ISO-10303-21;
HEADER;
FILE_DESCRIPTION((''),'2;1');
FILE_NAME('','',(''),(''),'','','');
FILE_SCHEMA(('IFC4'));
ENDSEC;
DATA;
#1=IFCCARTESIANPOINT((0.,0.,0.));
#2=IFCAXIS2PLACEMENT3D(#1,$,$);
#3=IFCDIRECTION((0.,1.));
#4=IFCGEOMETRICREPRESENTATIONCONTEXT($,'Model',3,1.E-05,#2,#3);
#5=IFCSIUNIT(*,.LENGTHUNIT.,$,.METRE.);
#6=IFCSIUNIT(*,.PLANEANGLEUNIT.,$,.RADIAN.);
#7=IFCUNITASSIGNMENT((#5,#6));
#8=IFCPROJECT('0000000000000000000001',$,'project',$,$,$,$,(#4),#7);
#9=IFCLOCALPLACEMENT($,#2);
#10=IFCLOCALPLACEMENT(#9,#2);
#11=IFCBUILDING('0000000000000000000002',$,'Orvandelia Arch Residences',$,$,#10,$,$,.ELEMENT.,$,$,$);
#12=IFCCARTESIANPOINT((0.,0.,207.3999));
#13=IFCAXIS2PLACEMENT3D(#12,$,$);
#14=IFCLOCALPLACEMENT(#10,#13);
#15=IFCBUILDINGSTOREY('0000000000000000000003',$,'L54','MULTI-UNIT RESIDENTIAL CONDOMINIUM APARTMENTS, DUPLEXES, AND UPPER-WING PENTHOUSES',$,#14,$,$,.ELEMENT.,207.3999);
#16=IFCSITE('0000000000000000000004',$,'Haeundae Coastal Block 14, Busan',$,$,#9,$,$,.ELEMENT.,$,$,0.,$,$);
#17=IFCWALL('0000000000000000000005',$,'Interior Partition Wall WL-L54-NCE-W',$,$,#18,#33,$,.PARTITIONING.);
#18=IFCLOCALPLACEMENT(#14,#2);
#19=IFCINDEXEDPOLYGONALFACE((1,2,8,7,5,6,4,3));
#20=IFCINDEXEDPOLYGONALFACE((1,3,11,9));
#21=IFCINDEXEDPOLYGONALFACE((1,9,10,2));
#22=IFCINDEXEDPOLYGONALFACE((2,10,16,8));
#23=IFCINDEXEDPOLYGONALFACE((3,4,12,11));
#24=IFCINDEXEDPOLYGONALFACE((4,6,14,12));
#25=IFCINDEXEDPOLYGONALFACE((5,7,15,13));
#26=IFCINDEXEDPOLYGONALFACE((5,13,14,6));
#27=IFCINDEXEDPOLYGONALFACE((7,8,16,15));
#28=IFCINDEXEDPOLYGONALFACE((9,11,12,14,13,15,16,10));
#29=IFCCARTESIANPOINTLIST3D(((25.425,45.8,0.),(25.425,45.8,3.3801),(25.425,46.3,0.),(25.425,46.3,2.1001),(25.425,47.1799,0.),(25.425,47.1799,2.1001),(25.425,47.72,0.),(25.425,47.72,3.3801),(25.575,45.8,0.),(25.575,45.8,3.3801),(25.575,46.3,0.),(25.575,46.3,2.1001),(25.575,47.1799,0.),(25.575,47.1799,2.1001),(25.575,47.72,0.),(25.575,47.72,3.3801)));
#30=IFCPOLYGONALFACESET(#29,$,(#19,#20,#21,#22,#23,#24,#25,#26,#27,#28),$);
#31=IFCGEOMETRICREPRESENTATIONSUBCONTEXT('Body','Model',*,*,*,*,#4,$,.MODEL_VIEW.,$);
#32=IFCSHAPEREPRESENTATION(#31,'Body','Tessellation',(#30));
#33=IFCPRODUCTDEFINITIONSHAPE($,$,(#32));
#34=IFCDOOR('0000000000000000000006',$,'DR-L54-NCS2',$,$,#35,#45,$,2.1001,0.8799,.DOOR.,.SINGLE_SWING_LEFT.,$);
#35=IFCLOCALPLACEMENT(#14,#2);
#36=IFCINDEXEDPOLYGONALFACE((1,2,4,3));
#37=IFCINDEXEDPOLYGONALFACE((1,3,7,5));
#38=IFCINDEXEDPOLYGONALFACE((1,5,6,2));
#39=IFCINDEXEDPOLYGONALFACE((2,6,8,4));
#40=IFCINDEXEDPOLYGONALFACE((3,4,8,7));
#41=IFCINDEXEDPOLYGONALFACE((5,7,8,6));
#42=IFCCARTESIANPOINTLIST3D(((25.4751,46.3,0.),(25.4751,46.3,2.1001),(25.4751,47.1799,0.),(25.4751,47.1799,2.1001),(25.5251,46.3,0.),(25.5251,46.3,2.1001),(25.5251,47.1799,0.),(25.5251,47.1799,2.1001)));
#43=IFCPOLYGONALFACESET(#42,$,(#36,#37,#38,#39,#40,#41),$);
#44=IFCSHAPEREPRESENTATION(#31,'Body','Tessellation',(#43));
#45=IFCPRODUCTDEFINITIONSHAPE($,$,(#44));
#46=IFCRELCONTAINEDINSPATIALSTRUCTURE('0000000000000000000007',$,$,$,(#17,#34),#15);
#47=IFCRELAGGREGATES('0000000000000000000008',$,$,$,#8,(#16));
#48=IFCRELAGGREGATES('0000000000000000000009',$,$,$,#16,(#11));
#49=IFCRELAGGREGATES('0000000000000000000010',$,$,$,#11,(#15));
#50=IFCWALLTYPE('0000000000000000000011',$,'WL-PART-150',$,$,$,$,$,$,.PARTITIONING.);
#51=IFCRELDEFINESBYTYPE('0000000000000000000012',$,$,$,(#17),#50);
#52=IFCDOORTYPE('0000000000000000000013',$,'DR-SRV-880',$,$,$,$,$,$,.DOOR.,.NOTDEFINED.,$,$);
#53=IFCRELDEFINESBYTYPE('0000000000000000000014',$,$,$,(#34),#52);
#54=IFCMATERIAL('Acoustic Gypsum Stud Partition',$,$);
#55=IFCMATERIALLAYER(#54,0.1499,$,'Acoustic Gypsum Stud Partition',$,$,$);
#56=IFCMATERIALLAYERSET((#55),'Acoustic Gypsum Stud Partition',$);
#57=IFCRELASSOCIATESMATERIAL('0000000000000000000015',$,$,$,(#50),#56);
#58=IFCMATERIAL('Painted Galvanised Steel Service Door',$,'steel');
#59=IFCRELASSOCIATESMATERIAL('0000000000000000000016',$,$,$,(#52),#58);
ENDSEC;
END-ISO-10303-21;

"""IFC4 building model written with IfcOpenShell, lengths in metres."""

from ifc_helpers import new_model, si_unit, direction, frame, frame_2d, origin, place, context, subcontext, project, spatial, rectangle, extrude, material, layer, layer_set, type_object, element, fill, save


model = new_model("IFC4")

# Units and contexts
model_context = context("Model", 3, precision=1e-05, world=origin(), true_north=direction((0.0, 1.0)))
body_context = subcontext(model_context, "Body", "Model", "MODEL_VIEW")
ifc_project = project(units=[si_unit("LENGTHUNIT", "METRE"), si_unit("PLANEANGLEUNIT", "RADIAN")], contexts=[model_context])

# Site, building, storey
site_placement = place(None, origin())
site = spatial("IfcSite", under=ifc_project, at=site_placement, Name="Haeundae Coastal Block 14, Busan", CompositionType="ELEMENT", RefElevation=0.0)
building_placement = place(site_placement, origin())
building = spatial("IfcBuilding", under=site, at=building_placement, Name="Orvandelia Arch Residences", CompositionType="ELEMENT")
storey_placement = place(building_placement, frame((0.0, 0.0, 207.3999)))
storey = spatial("IfcBuildingStorey", under=building, at=storey_placement, Name="L54", Description="MULTI-UNIT RESIDENTIAL CONDOMINIUM APARTMENTS, DUPLEXES, AND UPPER-WING PENTHOUSES", CompositionType="ELEMENT", Elevation=207.3999)

# Wall, opening, door
ifc_material_1 = material(Name="Acoustic Gypsum Stud Partition")
ifc_layer_1 = layer(ifc_material_1, 0.1499, Name="Acoustic Gypsum Stud Partition")
ifc_layer_set_1 = layer_set([ifc_layer_1], Name="Acoustic Gypsum Stud Partition")
wall_type_1 = type_object("IfcWallType", Name="WL-PART-150", PredefinedType="PARTITIONING", material=ifc_layer_set_1)
wall_1_placement = place(storey_placement, frame((25.5, 45.8, 0.0), z_axis=(0.0, 0.0, 1.0), x_axis=(0.0, 1.0, 0.0)))
wall_1 = element("IfcWall", 1, at=wall_1_placement, inside=storey, type_object=wall_type_1, Name="Interior Partition Wall WL-L54-NCE-W", PredefinedType="PARTITIONING", context=body_context, shape_type="SweptSolid", body=[
    extrude(rectangle(XDim=1.9199, YDim=0.1499, at=frame_2d((0.96, 0.0))), origin(), (0.0, 0.0, 1.0), 3.3801),
])
opening_1_placement = place(wall_1_placement, frame((0.5, 0.0, 0.0)))
opening_1 = element("IfcOpeningElement", 2, at=opening_1_placement, cuts=wall_1, PredefinedType="OPENING", context=body_context, shape_type="SweptSolid", body=[
    extrude(rectangle(XDim=0.8799, YDim=2.1001, at=frame_2d((0.4399, 1.05))), frame((0.0, 0.085, 0.0), z_axis=(0.0, -1.0, 0.0), x_axis=(1.0, 0.0, 0.0)), (0.0, 0.0, 1.0), 0.1699),
])
ifc_material_2 = material(Name="Painted Galvanised Steel Service Door", Category="steel")
door_type_1 = type_object("IfcDoorType", Name="DR-SRV-880", OperationType="NOTDEFINED", PredefinedType="DOOR", material=ifc_material_2)
door_1_placement = place(opening_1_placement, origin())
door_1 = element("IfcDoor", 3, at=door_1_placement, inside=storey, type_object=door_type_1, Name="DR-L54-NCS2", OperationType="SINGLE_SWING_LEFT", OverallHeight=2.1001, OverallWidth=0.8799, PredefinedType="DOOR", context=body_context, shape_type="SweptSolid", body=[
    extrude(rectangle(XDim=0.8799, YDim=2.1001, at=frame_2d((0.4399, 1.05))), frame((0.0, 0.0249, 0.0), z_axis=(0.0, -1.0, 0.0), x_axis=(1.0, 0.0, 0.0)), (0.0, 0.0, 1.0), 0.05),
])
fill(opening_1, door_1)

save(model, "model.ifc")
